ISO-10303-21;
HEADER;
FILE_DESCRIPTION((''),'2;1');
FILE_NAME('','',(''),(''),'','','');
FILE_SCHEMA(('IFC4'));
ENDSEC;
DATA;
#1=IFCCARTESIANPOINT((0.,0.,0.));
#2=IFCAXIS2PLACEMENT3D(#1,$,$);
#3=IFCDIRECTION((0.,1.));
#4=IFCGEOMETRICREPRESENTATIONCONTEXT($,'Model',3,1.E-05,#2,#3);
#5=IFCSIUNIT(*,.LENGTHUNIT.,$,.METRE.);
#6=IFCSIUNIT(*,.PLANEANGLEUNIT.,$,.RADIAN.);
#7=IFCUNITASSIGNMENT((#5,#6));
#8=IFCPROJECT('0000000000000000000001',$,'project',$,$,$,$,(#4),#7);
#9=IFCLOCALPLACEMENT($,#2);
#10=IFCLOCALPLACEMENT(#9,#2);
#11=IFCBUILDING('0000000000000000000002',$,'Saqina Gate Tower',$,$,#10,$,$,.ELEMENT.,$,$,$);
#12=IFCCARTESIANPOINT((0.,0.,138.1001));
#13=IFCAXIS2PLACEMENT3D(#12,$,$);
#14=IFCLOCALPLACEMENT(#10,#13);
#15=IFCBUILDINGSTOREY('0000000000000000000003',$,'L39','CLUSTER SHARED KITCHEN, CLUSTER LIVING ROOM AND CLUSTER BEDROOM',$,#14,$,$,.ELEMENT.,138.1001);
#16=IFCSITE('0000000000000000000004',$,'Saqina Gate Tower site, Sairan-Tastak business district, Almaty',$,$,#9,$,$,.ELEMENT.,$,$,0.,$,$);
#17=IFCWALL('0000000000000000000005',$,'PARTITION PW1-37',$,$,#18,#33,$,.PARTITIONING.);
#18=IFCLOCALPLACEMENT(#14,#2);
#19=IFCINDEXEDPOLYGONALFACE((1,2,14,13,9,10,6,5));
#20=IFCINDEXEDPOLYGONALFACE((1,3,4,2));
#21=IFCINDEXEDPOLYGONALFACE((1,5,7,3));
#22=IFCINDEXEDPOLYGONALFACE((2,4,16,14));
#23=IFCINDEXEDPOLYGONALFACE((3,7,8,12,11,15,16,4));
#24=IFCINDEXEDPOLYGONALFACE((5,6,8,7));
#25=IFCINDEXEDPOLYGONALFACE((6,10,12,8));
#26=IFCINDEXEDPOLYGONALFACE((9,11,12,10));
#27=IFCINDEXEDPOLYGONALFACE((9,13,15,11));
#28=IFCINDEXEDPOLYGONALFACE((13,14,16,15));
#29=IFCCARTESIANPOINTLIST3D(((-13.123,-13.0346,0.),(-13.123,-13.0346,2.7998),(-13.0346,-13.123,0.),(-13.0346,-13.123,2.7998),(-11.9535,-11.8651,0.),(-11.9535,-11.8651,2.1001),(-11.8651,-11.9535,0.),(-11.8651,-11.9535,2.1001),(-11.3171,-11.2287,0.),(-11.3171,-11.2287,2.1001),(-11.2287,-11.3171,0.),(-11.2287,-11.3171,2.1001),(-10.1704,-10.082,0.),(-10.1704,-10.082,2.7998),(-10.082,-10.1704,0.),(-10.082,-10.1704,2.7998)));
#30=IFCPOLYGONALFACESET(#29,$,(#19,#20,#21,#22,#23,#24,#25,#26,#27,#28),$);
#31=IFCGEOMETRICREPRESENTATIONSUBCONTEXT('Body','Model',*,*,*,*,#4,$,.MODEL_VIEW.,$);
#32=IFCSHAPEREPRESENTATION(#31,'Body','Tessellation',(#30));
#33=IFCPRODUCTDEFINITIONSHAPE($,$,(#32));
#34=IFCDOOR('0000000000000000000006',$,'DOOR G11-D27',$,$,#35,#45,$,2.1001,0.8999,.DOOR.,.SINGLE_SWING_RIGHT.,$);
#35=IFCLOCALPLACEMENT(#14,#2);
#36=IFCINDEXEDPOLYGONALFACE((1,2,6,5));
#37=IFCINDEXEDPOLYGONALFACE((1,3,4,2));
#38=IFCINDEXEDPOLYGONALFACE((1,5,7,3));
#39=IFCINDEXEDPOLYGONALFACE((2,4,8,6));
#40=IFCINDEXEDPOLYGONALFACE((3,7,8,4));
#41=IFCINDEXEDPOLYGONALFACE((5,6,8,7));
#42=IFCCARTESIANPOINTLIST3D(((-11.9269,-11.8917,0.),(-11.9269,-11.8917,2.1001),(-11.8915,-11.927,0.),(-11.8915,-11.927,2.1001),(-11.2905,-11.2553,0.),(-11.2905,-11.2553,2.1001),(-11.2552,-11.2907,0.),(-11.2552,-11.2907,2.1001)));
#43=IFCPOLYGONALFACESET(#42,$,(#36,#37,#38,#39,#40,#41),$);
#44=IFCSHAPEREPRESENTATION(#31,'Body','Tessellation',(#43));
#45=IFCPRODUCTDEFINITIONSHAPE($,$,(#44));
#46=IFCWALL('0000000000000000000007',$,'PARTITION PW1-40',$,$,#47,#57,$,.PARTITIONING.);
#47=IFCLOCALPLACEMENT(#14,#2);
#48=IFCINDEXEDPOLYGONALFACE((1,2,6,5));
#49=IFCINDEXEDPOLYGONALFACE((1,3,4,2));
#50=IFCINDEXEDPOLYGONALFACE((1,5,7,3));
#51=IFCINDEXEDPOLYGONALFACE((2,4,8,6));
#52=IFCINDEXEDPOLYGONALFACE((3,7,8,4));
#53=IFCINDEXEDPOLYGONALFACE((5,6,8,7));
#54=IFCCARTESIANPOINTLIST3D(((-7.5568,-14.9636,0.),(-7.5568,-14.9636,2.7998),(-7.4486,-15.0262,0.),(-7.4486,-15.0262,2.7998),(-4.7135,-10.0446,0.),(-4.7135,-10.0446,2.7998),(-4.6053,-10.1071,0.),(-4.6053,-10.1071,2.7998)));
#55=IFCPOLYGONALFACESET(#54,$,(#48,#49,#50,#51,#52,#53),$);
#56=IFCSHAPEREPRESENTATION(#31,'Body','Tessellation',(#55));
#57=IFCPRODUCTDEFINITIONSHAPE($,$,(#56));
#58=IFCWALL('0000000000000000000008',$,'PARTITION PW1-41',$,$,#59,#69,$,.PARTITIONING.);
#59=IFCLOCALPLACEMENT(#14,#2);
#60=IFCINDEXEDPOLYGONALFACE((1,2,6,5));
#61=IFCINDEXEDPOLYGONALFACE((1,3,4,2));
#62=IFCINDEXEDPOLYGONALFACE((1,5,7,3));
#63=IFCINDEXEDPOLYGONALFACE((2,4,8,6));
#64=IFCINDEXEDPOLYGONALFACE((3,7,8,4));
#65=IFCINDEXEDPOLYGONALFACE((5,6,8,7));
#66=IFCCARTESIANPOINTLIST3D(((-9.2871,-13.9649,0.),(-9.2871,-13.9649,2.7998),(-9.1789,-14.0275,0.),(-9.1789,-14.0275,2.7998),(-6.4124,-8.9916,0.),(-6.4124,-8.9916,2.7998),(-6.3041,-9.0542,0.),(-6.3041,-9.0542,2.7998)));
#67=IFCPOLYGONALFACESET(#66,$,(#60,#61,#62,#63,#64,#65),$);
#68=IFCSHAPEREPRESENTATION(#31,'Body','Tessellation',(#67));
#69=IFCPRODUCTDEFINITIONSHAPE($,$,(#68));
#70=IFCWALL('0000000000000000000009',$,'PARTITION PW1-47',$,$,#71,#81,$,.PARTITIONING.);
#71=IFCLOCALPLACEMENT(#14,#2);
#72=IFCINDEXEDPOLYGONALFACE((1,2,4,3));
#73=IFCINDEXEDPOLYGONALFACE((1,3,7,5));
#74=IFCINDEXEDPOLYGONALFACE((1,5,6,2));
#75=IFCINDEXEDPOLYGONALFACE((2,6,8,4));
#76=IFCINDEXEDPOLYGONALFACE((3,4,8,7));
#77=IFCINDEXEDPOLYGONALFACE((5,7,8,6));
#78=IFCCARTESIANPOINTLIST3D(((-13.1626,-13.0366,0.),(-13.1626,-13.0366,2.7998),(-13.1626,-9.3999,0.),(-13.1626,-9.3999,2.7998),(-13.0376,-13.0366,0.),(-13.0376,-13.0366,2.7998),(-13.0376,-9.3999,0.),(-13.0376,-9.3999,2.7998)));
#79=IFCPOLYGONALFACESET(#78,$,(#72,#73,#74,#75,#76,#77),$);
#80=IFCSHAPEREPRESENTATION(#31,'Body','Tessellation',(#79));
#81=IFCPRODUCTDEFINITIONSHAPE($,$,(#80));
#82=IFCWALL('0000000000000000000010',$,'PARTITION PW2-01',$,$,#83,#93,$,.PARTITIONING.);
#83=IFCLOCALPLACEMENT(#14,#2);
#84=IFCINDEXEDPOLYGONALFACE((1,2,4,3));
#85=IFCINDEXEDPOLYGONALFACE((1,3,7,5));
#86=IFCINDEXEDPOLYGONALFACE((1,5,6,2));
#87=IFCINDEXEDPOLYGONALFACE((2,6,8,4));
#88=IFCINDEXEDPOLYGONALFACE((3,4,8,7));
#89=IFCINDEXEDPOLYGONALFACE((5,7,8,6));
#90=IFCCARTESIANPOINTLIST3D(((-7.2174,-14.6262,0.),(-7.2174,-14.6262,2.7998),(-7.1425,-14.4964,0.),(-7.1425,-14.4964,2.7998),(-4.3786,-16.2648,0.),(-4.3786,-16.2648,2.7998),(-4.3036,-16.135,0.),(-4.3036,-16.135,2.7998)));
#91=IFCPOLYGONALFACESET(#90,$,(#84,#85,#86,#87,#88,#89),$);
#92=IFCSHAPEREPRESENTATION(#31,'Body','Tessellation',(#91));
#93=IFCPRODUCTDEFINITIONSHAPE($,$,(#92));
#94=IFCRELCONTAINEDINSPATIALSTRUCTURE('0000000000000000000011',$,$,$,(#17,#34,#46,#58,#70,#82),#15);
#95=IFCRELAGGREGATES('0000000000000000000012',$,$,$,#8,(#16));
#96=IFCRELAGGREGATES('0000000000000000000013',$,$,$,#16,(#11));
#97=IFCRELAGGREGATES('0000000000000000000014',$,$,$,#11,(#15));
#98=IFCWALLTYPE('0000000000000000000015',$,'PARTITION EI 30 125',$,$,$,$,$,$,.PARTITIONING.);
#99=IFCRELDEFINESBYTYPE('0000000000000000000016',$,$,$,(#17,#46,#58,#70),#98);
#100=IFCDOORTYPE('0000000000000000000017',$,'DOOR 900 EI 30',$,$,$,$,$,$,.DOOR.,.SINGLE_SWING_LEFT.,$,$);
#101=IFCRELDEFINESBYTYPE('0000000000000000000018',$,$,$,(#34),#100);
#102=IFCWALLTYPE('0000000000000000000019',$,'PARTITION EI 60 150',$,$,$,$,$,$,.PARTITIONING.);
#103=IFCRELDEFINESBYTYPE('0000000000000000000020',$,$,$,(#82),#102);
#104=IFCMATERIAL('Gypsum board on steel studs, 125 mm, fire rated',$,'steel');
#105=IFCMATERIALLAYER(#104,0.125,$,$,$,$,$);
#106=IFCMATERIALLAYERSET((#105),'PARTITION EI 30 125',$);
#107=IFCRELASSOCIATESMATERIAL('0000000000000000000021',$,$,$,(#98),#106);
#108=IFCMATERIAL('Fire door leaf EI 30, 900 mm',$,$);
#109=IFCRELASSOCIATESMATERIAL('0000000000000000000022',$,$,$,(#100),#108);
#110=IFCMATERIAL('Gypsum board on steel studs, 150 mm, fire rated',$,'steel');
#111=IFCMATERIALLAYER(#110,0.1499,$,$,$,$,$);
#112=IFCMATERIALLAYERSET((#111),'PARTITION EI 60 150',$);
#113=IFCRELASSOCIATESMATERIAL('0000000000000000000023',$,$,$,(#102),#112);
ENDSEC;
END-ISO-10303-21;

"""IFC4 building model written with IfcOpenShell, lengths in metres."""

from ifc_helpers import new_model, si_unit, direction, frame, frame_2d, origin, place, context, subcontext, project, spatial, rectangle, extrude, material, layer, layer_set, type_object, element, fill, save


model = new_model("IFC4")

# Units and contexts
model_context = context("Model", 3, precision=1e-05, world=origin(), true_north=direction((0.0, 1.0)))
body_context = subcontext(model_context, "Body", "Model", "MODEL_VIEW")
ifc_project = project(units=[si_unit("LENGTHUNIT", "METRE"), si_unit("PLANEANGLEUNIT", "RADIAN")], contexts=[model_context])

# Site, building, storey
site_placement = place(None, origin())
site = spatial("IfcSite", under=ifc_project, at=site_placement, Name="Saqina Gate Tower site, Sairan-Tastak business district, Almaty", CompositionType="ELEMENT", RefElevation=0.0)
building_placement = place(site_placement, origin())
building = spatial("IfcBuilding", under=site, at=building_placement, Name="Saqina Gate Tower", CompositionType="ELEMENT")
storey_placement = place(building_placement, frame((0.0, 0.0, 138.1001)))
storey = spatial("IfcBuildingStorey", under=building, at=storey_placement, Name="L39", Description="CLUSTER SHARED KITCHEN, CLUSTER LIVING ROOM AND CLUSTER BEDROOM", CompositionType="ELEMENT", Elevation=138.1001)

# Shared definitions
ifc_material_1 = material(Name="Gypsum board on steel studs, 125 mm, fire rated", Category="steel")
ifc_layer_1 = layer(ifc_material_1, 0.125)
ifc_layer_set_1 = layer_set([ifc_layer_1], Name="PARTITION EI 30 125")
wall_type_1 = type_object("IfcWallType", Name="PARTITION EI 30 125", PredefinedType="PARTITIONING", material=ifc_layer_set_1)

# Wall, opening, door
wall_1_placement = place(storey_placement, frame((-13.0789, -13.0789, 0.0), z_axis=(0.0, 0.0, 1.0), x_axis=(0.707107, 0.707107, 0.0)))
wall_1 = element("IfcWall", 1, at=wall_1_placement, inside=storey, type_object=wall_type_1, Name="PARTITION PW1-37", PredefinedType="PARTITIONING", context=body_context, shape_type="SweptSolid", body=[
    extrude(rectangle(XDim=4.1755, YDim=0.125, at=frame_2d((2.0879, 0.0))), origin(), (0.0, 0.0, 1.0), 2.7998),
])
opening_1_placement = place(wall_1_placement, frame((1.6541, 0.0, 0.0)))
opening_1 = element("IfcOpeningElement", 2, at=opening_1_placement, cuts=wall_1, PredefinedType="OPENING", context=body_context, shape_type="SweptSolid", body=[
    extrude(rectangle(XDim=0.8999, YDim=2.1001, at=frame_2d((0.45, 1.05))), frame((0.0, 0.0745, 0.0), z_axis=(0.0, -1.0, 0.0), x_axis=(1.0, 0.0, 0.0)), (0.0, 0.0, 1.0), 0.1489),
])
ifc_material_2 = material(Name="Fire door leaf EI 30, 900 mm")
door_type_1 = type_object("IfcDoorType", Name="DOOR 900 EI 30", OperationType="SINGLE_SWING_LEFT", PredefinedType="DOOR", material=ifc_material_2)
door_1_placement = place(opening_1_placement, origin())
door_1 = element("IfcDoor", 3, at=door_1_placement, inside=storey, type_object=door_type_1, Name="DOOR G11-D27", OperationType="SINGLE_SWING_RIGHT", OverallHeight=2.1001, OverallWidth=0.8999, PredefinedType="DOOR", context=body_context, shape_type="SweptSolid", body=[
    extrude(rectangle(XDim=0.8999, YDim=2.1001, at=frame_2d((0.45, 1.05))), frame((0.0, 0.0249, 0.0), z_axis=(0.0, -1.0, 0.0), x_axis=(1.0, 0.0, 0.0)), (0.0, 0.0, 1.0), 0.05),
])
fill(opening_1, door_1)

# Walls
wall_2_placement = place(storey_placement, frame((-7.5027, -14.9949, 0.0), z_axis=(0.0, 0.0, 1.0), x_axis=(0.500437, 0.865773, 0.0)))
element("IfcWall", 4, at=wall_2_placement, inside=storey, type_object=wall_type_1, Name="PARTITION PW1-40", PredefinedType="PARTITIONING", context=body_context, shape_type="SweptSolid", body=[
    extrude(rectangle(XDim=5.6816, YDim=0.125, at=frame_2d((2.8408, 0.0))), origin(), (0.0, 0.0, 1.0), 2.7998),
])
wall_3_placement = place(storey_placement, frame((-9.2329, -13.9961, 0.0), z_axis=(0.0, 0.0, 1.0), x_axis=(0.50044, 0.865771, 0.0)))
element("IfcWall", 5, at=wall_3_placement, inside=storey, type_object=wall_type_1, Name="PARTITION PW1-41", PredefinedType="PARTITIONING", context=body_context, shape_type="SweptSolid", body=[
    extrude(rectangle(XDim=5.7444, YDim=0.125, at=frame_2d((2.8721, 0.0))), origin(), (0.0, 0.0, 1.0), 2.7998),
])
wall_4_placement = place(storey_placement, frame((-13.1001, -13.0366, 0.0), z_axis=(0.0, 0.0, 1.0), x_axis=(0.0, 1.0, 0.0)))
element("IfcWall", 6, at=wall_4_placement, inside=storey, type_object=wall_type_1, Name="PARTITION PW1-47", PredefinedType="PARTITIONING", context=body_context, shape_type="SweptSolid", body=[
    extrude(rectangle(XDim=3.6367, YDim=0.125, at=frame_2d((1.8184, 0.0))), origin(), (0.0, 0.0, 1.0), 2.7998),
])
ifc_material_3 = material(Name="Gypsum board on steel studs, 150 mm, fire rated", Category="steel")
ifc_layer_2 = layer(ifc_material_3, 0.1499)
ifc_layer_set_2 = layer_set([ifc_layer_2], Name="PARTITION EI 60 150")
wall_type_2 = type_object("IfcWallType", Name="PARTITION EI 60 150", PredefinedType="PARTITIONING", material=ifc_layer_set_2)
wall_5_placement = place(storey_placement, frame((-7.1799, -14.5613, 0.0), z_axis=(0.0, 0.0, 1.0), x_axis=(0.866071, -0.49992, 0.0)))
element("IfcWall", 7, at=wall_5_placement, inside=storey, type_object=wall_type_2, Name="PARTITION PW2-01", PredefinedType="PARTITIONING", context=body_context, shape_type="SweptSolid", body=[
    extrude(rectangle(XDim=3.2778, YDim=0.1499, at=frame_2d((1.6389, 0.0))), origin(), (0.0, 0.0, 1.0), 2.7998),
])

save(model, "model.ifc")
